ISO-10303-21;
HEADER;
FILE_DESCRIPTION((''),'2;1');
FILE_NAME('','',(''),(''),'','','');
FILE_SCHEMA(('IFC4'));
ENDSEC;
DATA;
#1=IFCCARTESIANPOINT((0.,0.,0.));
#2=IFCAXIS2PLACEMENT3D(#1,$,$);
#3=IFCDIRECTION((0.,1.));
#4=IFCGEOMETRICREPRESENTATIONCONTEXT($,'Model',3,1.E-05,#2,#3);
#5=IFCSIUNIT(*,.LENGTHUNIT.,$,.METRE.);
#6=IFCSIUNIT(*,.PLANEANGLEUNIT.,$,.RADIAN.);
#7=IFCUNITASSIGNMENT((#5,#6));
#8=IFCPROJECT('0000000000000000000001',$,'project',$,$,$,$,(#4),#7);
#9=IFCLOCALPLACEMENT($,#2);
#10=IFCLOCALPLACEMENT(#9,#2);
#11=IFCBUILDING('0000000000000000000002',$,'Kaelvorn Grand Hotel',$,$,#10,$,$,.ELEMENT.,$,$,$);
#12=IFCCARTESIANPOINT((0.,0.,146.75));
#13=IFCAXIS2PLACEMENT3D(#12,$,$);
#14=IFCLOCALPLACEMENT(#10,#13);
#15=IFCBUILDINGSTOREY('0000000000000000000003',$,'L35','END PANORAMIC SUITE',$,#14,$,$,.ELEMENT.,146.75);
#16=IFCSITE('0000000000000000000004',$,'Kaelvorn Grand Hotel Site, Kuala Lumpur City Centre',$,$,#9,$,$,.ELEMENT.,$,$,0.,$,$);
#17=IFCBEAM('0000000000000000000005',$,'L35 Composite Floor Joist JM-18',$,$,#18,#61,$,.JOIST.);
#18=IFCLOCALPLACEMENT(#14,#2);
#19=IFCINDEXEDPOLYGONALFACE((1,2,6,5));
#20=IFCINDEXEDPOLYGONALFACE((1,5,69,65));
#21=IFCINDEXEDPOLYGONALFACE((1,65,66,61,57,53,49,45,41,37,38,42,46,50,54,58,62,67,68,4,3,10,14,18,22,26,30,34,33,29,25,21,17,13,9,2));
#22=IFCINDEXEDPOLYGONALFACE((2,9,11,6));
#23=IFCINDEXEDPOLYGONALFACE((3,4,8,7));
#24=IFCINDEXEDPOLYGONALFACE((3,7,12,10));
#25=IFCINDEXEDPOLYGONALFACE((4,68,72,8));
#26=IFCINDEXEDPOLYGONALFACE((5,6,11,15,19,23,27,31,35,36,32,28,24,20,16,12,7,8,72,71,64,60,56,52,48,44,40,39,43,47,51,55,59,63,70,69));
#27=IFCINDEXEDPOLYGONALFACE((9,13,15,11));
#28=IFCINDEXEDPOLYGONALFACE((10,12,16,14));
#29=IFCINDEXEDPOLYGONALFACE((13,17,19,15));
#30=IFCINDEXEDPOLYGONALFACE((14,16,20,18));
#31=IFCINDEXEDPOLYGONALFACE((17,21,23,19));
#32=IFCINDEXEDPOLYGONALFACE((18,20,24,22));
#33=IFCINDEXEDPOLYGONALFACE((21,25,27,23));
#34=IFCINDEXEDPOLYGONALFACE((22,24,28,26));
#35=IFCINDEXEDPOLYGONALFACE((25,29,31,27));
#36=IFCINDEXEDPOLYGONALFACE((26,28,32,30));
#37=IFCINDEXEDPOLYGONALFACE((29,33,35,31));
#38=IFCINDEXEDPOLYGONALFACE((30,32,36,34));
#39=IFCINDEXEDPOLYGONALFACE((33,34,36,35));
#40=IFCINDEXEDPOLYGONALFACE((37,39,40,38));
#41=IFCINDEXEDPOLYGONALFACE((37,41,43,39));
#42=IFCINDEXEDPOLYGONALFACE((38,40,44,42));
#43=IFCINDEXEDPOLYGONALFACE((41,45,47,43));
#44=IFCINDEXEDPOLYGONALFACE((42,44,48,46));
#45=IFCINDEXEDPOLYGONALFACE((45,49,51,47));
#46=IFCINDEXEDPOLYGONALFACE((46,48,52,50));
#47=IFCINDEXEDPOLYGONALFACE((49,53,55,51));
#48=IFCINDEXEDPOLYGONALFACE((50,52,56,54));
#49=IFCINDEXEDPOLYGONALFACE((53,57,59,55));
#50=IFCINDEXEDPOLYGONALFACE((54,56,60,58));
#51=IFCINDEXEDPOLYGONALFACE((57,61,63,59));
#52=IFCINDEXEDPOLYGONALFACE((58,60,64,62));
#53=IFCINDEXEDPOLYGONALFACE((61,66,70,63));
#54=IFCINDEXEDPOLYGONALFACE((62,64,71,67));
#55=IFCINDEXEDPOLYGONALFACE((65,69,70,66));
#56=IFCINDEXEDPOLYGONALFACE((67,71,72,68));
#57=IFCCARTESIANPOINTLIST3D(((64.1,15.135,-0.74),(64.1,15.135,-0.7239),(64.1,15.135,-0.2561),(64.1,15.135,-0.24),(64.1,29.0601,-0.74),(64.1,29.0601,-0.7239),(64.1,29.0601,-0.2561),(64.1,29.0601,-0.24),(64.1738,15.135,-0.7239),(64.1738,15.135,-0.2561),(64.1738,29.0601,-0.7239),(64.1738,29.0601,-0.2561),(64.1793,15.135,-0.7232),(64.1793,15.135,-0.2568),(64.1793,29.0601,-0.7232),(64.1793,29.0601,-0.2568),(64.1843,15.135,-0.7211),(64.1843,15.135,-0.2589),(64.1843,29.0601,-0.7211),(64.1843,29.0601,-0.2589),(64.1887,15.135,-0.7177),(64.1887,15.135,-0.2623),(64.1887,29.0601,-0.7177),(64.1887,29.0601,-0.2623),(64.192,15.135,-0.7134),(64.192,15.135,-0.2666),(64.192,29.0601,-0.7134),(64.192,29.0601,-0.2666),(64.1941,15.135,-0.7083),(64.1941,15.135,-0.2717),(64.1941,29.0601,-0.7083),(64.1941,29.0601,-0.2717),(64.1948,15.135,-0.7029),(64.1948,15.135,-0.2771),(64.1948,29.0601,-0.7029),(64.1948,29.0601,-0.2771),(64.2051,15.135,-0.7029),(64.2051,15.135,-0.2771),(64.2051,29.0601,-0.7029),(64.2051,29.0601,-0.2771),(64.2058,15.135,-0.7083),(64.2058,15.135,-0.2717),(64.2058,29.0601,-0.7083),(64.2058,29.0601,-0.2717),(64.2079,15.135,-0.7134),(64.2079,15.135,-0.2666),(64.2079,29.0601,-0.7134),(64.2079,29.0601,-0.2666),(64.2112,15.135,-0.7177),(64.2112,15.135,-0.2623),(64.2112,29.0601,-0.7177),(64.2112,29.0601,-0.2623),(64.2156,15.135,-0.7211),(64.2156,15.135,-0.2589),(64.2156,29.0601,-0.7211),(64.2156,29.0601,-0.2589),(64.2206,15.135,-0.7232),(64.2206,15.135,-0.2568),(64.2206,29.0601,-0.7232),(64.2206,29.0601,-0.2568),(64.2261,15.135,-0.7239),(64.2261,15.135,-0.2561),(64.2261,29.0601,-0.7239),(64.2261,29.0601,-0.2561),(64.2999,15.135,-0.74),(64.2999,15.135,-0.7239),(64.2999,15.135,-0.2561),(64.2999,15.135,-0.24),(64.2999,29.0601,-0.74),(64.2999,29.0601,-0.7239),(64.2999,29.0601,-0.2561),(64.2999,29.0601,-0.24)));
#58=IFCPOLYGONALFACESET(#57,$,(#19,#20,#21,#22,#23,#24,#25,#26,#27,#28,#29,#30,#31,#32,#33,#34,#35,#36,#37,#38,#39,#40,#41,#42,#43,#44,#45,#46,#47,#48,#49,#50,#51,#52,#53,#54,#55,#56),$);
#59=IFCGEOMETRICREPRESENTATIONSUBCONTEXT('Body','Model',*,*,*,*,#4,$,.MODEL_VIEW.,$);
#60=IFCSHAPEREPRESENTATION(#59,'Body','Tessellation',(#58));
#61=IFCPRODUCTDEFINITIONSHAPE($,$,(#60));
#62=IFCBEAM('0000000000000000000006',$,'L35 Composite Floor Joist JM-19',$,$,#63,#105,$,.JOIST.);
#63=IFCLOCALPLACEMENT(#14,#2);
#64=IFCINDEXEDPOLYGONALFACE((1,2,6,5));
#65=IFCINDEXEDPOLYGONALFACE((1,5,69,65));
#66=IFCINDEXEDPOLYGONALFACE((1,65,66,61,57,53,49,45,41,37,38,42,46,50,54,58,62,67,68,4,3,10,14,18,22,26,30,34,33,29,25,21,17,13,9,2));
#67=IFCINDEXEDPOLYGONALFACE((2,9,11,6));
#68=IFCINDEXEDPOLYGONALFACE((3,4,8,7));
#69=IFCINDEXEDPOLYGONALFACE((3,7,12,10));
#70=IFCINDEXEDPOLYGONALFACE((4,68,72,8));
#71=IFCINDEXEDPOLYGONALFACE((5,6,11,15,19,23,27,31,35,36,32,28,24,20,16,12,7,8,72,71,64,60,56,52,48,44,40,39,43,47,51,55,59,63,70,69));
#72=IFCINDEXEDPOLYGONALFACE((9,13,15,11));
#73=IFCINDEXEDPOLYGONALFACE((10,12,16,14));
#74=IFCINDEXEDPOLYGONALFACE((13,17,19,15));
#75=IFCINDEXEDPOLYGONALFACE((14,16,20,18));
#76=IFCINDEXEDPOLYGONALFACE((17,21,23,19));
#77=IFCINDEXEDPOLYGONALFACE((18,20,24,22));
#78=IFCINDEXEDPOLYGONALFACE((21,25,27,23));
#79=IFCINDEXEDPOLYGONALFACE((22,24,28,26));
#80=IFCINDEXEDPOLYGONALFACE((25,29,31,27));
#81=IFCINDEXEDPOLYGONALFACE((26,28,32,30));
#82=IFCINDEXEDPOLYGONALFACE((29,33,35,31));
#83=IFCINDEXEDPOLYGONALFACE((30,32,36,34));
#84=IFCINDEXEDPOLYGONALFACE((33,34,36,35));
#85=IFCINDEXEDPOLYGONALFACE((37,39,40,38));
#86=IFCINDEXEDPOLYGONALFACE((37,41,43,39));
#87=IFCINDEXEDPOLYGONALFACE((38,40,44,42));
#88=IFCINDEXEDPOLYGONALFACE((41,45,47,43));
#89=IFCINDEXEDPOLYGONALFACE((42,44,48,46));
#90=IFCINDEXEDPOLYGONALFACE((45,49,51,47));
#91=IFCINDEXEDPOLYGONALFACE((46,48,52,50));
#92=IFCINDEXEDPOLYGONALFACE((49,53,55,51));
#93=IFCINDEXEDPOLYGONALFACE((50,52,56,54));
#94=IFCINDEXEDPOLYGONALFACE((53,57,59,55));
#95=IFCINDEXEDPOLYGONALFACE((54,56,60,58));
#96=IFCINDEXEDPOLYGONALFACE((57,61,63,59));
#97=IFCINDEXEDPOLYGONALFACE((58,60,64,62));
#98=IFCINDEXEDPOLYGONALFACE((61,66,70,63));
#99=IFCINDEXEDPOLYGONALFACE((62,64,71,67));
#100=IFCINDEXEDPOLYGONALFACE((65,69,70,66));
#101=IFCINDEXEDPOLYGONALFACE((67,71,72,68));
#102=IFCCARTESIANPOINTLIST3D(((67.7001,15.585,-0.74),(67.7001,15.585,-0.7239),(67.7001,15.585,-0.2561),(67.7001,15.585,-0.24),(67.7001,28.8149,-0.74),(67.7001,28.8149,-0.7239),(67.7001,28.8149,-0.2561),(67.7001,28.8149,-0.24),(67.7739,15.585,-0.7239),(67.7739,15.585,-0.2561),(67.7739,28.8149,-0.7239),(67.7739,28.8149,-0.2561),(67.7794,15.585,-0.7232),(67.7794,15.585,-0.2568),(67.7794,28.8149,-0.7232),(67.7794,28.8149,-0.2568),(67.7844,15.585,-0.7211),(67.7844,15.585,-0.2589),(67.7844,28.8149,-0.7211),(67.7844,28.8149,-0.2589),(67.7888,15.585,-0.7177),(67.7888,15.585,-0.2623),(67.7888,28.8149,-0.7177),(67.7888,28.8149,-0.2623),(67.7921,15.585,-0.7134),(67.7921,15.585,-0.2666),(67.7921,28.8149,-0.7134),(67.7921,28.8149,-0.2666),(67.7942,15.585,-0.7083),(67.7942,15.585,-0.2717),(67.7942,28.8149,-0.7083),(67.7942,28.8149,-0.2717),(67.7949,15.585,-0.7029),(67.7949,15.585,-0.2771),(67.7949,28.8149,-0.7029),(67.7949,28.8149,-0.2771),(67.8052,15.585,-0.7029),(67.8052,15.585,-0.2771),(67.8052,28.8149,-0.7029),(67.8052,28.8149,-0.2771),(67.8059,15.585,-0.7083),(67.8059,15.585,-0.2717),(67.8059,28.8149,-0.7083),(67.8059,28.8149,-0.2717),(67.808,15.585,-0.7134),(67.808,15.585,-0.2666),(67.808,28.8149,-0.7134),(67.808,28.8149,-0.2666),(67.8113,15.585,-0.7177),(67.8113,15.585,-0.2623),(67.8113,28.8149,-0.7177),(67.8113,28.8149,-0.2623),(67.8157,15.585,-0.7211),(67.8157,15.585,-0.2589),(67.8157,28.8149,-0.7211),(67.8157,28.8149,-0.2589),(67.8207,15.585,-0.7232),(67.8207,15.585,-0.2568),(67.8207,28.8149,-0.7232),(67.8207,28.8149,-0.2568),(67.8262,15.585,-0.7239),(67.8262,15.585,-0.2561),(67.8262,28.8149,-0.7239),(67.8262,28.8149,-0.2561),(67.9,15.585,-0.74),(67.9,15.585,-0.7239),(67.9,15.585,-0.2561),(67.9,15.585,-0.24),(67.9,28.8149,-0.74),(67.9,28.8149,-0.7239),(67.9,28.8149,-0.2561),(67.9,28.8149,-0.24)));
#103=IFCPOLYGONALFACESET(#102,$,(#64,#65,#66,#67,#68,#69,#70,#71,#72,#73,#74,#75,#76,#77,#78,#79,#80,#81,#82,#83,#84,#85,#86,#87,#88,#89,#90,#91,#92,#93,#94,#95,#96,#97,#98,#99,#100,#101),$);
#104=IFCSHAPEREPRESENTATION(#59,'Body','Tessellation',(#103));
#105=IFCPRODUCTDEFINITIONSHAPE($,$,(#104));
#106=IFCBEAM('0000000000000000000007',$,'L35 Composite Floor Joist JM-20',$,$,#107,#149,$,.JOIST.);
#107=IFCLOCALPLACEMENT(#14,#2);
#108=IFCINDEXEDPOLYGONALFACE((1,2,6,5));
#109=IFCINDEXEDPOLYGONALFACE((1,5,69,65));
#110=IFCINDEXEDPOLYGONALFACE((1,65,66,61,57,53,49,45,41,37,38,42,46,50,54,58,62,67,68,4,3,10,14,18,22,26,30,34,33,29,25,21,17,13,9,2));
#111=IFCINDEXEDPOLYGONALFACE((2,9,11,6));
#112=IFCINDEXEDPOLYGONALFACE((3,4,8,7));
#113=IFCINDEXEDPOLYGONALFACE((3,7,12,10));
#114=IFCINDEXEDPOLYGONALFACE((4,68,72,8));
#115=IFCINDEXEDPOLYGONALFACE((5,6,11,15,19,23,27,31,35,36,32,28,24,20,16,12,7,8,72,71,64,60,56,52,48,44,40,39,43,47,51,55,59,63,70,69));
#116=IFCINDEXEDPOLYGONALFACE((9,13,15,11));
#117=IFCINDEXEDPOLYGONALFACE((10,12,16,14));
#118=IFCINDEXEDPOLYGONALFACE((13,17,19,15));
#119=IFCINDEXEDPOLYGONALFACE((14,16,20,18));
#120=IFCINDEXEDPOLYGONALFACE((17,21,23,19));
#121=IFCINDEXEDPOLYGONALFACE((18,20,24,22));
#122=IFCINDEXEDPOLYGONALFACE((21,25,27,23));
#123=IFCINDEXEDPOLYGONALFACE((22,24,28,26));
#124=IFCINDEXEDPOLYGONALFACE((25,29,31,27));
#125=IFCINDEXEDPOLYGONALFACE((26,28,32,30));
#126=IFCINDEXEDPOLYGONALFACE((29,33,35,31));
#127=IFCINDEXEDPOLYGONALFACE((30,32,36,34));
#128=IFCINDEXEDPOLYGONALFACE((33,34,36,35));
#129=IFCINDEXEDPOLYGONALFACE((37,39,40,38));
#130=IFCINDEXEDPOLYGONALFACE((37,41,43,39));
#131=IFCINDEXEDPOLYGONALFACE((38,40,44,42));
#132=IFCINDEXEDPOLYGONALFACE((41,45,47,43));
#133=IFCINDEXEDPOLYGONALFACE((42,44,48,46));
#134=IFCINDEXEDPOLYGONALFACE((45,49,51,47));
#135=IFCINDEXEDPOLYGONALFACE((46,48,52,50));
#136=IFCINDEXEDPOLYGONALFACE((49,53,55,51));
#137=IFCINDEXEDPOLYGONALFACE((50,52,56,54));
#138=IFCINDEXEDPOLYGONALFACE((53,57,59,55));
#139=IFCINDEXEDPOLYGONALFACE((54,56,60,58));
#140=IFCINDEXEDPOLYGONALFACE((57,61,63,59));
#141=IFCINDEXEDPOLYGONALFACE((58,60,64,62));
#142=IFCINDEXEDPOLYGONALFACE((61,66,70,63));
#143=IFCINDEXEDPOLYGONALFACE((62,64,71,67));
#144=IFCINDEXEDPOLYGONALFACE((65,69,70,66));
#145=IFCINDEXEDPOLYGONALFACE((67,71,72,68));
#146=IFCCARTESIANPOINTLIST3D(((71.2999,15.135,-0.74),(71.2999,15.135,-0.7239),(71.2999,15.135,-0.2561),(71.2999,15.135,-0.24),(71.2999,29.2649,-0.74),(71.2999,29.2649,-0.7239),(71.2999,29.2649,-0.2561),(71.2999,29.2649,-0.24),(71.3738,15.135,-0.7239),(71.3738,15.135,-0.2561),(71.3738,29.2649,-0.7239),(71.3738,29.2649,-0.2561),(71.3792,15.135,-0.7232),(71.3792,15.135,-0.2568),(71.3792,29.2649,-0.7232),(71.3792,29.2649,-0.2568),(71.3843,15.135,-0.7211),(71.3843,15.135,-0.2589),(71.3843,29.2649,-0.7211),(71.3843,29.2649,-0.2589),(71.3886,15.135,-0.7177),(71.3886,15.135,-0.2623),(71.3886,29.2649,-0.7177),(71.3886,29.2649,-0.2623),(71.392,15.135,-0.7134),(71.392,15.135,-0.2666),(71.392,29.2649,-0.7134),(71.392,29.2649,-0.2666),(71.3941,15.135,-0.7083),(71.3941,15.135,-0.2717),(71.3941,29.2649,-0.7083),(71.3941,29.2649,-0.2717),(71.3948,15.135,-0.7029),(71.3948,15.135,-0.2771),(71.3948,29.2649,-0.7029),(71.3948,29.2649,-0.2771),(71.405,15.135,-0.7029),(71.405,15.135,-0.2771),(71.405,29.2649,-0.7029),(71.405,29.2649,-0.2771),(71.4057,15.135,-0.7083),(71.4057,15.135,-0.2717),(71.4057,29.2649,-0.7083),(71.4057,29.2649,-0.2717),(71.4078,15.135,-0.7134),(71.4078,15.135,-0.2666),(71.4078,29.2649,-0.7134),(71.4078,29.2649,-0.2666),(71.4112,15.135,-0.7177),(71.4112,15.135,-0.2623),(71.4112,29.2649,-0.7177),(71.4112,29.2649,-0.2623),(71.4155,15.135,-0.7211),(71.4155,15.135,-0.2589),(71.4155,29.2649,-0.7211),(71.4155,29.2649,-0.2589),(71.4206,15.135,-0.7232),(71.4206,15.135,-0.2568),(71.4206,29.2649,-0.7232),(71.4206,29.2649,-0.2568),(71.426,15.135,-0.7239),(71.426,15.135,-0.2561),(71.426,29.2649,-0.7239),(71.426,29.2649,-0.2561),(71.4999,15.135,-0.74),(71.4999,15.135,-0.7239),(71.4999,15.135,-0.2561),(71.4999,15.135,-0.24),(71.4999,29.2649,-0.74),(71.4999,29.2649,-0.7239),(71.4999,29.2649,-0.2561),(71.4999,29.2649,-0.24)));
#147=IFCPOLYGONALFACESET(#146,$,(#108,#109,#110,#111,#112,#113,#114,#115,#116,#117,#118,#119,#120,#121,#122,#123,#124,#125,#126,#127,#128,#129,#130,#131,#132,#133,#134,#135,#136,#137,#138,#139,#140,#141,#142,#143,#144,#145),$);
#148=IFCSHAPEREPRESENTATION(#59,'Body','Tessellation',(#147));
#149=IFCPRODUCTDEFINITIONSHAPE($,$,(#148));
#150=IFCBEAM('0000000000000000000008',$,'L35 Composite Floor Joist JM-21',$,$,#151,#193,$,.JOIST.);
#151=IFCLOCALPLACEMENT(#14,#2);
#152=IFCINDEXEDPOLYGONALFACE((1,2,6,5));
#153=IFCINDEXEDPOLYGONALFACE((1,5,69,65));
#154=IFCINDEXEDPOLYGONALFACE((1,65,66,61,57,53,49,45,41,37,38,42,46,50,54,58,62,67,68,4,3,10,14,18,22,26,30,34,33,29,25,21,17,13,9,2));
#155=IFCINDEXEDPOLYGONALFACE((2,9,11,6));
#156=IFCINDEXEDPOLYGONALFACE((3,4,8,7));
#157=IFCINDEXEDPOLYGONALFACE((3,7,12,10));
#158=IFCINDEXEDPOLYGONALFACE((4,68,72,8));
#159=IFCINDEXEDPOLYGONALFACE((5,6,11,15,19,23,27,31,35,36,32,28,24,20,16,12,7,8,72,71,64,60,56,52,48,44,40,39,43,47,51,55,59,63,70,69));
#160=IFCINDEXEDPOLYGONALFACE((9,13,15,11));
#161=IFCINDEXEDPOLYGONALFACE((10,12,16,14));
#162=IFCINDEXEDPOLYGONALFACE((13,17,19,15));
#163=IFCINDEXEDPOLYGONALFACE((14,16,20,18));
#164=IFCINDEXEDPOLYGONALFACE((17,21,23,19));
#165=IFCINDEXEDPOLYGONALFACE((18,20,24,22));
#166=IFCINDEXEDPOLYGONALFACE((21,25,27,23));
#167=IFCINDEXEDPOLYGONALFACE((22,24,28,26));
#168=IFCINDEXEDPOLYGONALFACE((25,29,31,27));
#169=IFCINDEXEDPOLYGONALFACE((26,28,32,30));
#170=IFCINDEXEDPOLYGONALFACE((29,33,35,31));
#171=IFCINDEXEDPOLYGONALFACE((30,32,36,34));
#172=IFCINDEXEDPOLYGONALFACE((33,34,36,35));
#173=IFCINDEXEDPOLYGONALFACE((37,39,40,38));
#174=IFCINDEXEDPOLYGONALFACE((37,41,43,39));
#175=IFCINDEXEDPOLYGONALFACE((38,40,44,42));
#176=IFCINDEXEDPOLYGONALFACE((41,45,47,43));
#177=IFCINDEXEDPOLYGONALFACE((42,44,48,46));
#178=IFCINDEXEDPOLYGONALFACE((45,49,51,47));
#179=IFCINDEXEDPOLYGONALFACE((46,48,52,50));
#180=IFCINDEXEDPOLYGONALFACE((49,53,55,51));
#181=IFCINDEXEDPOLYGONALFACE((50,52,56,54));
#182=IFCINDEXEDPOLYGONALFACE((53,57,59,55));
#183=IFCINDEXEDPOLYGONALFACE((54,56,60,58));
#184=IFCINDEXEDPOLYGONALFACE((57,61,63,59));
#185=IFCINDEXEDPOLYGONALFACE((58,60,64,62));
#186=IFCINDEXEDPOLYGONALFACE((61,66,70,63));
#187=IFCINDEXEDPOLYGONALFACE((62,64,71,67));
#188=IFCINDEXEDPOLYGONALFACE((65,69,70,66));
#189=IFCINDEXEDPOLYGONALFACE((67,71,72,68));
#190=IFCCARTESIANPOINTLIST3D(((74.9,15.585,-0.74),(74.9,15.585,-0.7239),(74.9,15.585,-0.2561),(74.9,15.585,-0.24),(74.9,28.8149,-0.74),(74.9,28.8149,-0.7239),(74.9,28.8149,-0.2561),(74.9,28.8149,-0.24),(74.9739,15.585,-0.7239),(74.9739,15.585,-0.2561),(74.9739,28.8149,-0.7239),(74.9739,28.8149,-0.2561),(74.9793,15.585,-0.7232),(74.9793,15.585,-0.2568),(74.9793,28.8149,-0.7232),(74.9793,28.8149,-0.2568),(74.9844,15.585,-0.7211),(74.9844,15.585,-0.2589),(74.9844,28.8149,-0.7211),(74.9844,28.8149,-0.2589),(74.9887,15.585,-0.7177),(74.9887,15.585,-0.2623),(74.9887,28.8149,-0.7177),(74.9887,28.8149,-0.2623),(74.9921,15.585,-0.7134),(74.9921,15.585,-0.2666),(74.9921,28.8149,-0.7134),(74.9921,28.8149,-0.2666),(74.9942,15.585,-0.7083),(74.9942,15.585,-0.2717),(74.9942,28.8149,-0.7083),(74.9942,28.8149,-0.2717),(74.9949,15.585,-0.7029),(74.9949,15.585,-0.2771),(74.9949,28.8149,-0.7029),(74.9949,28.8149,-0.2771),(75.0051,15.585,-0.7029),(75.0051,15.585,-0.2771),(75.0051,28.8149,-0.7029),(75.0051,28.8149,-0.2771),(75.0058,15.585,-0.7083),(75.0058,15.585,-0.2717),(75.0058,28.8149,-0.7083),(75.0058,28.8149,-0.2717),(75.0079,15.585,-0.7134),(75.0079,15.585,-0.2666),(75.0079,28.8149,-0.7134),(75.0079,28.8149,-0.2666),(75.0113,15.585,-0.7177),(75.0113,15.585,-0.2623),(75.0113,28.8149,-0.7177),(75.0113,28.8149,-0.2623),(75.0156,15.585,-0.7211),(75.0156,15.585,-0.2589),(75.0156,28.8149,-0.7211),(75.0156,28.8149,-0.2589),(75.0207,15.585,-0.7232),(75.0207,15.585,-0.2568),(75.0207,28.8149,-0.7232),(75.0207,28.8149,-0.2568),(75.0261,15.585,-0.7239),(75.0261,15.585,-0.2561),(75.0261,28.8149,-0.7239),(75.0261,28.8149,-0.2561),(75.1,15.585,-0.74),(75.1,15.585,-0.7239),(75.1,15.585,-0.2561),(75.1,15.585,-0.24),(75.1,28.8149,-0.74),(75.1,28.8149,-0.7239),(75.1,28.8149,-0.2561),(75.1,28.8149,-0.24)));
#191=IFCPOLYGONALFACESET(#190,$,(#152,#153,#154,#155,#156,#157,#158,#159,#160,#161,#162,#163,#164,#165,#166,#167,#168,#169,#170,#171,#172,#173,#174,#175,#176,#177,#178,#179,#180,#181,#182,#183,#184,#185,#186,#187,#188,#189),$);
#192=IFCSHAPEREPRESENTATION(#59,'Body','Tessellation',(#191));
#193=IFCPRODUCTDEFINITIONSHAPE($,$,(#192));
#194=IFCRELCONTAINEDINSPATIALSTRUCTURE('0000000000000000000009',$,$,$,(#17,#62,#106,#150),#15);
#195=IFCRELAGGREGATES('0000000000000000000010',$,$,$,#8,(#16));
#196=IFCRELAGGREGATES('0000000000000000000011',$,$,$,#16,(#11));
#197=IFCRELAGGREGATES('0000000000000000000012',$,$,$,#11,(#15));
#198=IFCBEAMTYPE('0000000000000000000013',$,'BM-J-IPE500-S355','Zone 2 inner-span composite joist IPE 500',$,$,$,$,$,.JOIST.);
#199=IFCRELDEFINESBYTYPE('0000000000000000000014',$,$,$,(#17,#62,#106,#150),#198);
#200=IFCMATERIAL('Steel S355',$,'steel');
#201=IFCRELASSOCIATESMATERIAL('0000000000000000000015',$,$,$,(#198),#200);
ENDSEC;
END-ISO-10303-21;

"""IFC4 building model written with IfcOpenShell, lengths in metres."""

from ifc_helpers import new_model, si_unit, direction, frame, origin, origin_2d, place, context, subcontext, project, spatial, i_section, extrude, material, material_profile, profile_set, type_object, element, save


model = new_model("IFC4")

# Units and contexts
model_context = context("Model", 3, precision=1e-05, world=origin(), true_north=direction((0.0, 1.0)))
body_context = subcontext(model_context, "Body", "Model", "MODEL_VIEW")
ifc_project = project(units=[si_unit("LENGTHUNIT", "METRE"), si_unit("PLANEANGLEUNIT", "RADIAN")], contexts=[model_context])

# Site, building, storey
site_placement = place(None, origin())
site = spatial("IfcSite", under=ifc_project, at=site_placement, Name="Kaelvorn Grand Hotel Site, Kuala Lumpur City Centre", CompositionType="ELEMENT", RefElevation=0.0)
building_placement = place(site_placement, origin())
building = spatial("IfcBuilding", under=site, at=building_placement, Name="Kaelvorn Grand Hotel", CompositionType="ELEMENT")
storey_placement = place(building_placement, frame((0.0, 0.0, 146.75)))
storey = spatial("IfcBuildingStorey", under=building, at=storey_placement, Name="L35", Description="END PANORAMIC SUITE", CompositionType="ELEMENT", Elevation=146.75)

# Beams
ifc_material_1 = material(Name="Steel S355", Category="steel")
ifc_material_profile_1 = material_profile(ifc_material_1, i_section(OverallWidth=0.2, OverallDepth=0.5, WebThickness=0.0103, FlangeThickness=0.0161, FilletRadius=0.021, at=origin_2d()), Name="IPE 500")
ifc_profile_set_1 = profile_set([ifc_material_profile_1], Name="Steel S355")
beam_type_1 = type_object("IfcBeamType", Name="BM-J-IPE500-S355", Description="Zone 2 inner-span composite joist IPE 500", PredefinedType="JOIST", material=ifc_profile_set_1)
beam_1_placement = place(storey_placement, frame((64.2, 15.135, -0.49), z_axis=(0.0, 1.0, 0.0), x_axis=(-1.0, 0.0, 0.0)))
element("IfcBeam", 1, at=beam_1_placement, inside=storey, type_object=beam_type_1, Name="L35 Composite Floor Joist JM-18", PredefinedType="JOIST", context=body_context, shape_type="SweptSolid", body=[
    extrude(i_section(OverallWidth=0.2, OverallDepth=0.5, WebThickness=0.0103, FlangeThickness=0.0161, FilletRadius=0.021, at=origin_2d()), origin(), (0.0, 0.0, 1.0), 13.925),
])
beam_2_placement = place(storey_placement, frame((67.8, 15.585, -0.49), z_axis=(0.0, 1.0, 0.0), x_axis=(-1.0, 0.0, 0.0)))
element("IfcBeam", 2, at=beam_2_placement, inside=storey, type_object=beam_type_1, Name="L35 Composite Floor Joist JM-19", PredefinedType="JOIST", context=body_context, shape_type="SweptSolid", body=[
    extrude(i_section(OverallWidth=0.2, OverallDepth=0.5, WebThickness=0.0103, FlangeThickness=0.0161, FilletRadius=0.021, at=origin_2d()), origin(), (0.0, 0.0, 1.0), 13.23),
])
beam_3_placement = place(storey_placement, frame((71.3999, 15.135, -0.49), z_axis=(0.0, 1.0, 0.0), x_axis=(-1.0, 0.0, 0.0)))
element("IfcBeam", 3, at=beam_3_placement, inside=storey, type_object=beam_type_1, Name="L35 Composite Floor Joist JM-20", PredefinedType="JOIST", context=body_context, shape_type="SweptSolid", body=[
    extrude(i_section(OverallWidth=0.2, OverallDepth=0.5, WebThickness=0.0103, FlangeThickness=0.0161, FilletRadius=0.021, at=origin_2d()), origin(), (0.0, 0.0, 1.0), 14.1299),
])
beam_4_placement = place(storey_placement, frame((75.0, 15.585, -0.49), z_axis=(0.0, 1.0, 0.0), x_axis=(-1.0, 0.0, 0.0)))
element("IfcBeam", 4, at=beam_4_placement, inside=storey, type_object=beam_type_1, Name="L35 Composite Floor Joist JM-21", PredefinedType="JOIST", context=body_context, shape_type="SweptSolid", body=[
    extrude(i_section(OverallWidth=0.2, OverallDepth=0.5, WebThickness=0.0103, FlangeThickness=0.0161, FilletRadius=0.021, at=origin_2d()), origin(), (0.0, 0.0, 1.0), 13.23),
])

save(model, "model.ifc")
